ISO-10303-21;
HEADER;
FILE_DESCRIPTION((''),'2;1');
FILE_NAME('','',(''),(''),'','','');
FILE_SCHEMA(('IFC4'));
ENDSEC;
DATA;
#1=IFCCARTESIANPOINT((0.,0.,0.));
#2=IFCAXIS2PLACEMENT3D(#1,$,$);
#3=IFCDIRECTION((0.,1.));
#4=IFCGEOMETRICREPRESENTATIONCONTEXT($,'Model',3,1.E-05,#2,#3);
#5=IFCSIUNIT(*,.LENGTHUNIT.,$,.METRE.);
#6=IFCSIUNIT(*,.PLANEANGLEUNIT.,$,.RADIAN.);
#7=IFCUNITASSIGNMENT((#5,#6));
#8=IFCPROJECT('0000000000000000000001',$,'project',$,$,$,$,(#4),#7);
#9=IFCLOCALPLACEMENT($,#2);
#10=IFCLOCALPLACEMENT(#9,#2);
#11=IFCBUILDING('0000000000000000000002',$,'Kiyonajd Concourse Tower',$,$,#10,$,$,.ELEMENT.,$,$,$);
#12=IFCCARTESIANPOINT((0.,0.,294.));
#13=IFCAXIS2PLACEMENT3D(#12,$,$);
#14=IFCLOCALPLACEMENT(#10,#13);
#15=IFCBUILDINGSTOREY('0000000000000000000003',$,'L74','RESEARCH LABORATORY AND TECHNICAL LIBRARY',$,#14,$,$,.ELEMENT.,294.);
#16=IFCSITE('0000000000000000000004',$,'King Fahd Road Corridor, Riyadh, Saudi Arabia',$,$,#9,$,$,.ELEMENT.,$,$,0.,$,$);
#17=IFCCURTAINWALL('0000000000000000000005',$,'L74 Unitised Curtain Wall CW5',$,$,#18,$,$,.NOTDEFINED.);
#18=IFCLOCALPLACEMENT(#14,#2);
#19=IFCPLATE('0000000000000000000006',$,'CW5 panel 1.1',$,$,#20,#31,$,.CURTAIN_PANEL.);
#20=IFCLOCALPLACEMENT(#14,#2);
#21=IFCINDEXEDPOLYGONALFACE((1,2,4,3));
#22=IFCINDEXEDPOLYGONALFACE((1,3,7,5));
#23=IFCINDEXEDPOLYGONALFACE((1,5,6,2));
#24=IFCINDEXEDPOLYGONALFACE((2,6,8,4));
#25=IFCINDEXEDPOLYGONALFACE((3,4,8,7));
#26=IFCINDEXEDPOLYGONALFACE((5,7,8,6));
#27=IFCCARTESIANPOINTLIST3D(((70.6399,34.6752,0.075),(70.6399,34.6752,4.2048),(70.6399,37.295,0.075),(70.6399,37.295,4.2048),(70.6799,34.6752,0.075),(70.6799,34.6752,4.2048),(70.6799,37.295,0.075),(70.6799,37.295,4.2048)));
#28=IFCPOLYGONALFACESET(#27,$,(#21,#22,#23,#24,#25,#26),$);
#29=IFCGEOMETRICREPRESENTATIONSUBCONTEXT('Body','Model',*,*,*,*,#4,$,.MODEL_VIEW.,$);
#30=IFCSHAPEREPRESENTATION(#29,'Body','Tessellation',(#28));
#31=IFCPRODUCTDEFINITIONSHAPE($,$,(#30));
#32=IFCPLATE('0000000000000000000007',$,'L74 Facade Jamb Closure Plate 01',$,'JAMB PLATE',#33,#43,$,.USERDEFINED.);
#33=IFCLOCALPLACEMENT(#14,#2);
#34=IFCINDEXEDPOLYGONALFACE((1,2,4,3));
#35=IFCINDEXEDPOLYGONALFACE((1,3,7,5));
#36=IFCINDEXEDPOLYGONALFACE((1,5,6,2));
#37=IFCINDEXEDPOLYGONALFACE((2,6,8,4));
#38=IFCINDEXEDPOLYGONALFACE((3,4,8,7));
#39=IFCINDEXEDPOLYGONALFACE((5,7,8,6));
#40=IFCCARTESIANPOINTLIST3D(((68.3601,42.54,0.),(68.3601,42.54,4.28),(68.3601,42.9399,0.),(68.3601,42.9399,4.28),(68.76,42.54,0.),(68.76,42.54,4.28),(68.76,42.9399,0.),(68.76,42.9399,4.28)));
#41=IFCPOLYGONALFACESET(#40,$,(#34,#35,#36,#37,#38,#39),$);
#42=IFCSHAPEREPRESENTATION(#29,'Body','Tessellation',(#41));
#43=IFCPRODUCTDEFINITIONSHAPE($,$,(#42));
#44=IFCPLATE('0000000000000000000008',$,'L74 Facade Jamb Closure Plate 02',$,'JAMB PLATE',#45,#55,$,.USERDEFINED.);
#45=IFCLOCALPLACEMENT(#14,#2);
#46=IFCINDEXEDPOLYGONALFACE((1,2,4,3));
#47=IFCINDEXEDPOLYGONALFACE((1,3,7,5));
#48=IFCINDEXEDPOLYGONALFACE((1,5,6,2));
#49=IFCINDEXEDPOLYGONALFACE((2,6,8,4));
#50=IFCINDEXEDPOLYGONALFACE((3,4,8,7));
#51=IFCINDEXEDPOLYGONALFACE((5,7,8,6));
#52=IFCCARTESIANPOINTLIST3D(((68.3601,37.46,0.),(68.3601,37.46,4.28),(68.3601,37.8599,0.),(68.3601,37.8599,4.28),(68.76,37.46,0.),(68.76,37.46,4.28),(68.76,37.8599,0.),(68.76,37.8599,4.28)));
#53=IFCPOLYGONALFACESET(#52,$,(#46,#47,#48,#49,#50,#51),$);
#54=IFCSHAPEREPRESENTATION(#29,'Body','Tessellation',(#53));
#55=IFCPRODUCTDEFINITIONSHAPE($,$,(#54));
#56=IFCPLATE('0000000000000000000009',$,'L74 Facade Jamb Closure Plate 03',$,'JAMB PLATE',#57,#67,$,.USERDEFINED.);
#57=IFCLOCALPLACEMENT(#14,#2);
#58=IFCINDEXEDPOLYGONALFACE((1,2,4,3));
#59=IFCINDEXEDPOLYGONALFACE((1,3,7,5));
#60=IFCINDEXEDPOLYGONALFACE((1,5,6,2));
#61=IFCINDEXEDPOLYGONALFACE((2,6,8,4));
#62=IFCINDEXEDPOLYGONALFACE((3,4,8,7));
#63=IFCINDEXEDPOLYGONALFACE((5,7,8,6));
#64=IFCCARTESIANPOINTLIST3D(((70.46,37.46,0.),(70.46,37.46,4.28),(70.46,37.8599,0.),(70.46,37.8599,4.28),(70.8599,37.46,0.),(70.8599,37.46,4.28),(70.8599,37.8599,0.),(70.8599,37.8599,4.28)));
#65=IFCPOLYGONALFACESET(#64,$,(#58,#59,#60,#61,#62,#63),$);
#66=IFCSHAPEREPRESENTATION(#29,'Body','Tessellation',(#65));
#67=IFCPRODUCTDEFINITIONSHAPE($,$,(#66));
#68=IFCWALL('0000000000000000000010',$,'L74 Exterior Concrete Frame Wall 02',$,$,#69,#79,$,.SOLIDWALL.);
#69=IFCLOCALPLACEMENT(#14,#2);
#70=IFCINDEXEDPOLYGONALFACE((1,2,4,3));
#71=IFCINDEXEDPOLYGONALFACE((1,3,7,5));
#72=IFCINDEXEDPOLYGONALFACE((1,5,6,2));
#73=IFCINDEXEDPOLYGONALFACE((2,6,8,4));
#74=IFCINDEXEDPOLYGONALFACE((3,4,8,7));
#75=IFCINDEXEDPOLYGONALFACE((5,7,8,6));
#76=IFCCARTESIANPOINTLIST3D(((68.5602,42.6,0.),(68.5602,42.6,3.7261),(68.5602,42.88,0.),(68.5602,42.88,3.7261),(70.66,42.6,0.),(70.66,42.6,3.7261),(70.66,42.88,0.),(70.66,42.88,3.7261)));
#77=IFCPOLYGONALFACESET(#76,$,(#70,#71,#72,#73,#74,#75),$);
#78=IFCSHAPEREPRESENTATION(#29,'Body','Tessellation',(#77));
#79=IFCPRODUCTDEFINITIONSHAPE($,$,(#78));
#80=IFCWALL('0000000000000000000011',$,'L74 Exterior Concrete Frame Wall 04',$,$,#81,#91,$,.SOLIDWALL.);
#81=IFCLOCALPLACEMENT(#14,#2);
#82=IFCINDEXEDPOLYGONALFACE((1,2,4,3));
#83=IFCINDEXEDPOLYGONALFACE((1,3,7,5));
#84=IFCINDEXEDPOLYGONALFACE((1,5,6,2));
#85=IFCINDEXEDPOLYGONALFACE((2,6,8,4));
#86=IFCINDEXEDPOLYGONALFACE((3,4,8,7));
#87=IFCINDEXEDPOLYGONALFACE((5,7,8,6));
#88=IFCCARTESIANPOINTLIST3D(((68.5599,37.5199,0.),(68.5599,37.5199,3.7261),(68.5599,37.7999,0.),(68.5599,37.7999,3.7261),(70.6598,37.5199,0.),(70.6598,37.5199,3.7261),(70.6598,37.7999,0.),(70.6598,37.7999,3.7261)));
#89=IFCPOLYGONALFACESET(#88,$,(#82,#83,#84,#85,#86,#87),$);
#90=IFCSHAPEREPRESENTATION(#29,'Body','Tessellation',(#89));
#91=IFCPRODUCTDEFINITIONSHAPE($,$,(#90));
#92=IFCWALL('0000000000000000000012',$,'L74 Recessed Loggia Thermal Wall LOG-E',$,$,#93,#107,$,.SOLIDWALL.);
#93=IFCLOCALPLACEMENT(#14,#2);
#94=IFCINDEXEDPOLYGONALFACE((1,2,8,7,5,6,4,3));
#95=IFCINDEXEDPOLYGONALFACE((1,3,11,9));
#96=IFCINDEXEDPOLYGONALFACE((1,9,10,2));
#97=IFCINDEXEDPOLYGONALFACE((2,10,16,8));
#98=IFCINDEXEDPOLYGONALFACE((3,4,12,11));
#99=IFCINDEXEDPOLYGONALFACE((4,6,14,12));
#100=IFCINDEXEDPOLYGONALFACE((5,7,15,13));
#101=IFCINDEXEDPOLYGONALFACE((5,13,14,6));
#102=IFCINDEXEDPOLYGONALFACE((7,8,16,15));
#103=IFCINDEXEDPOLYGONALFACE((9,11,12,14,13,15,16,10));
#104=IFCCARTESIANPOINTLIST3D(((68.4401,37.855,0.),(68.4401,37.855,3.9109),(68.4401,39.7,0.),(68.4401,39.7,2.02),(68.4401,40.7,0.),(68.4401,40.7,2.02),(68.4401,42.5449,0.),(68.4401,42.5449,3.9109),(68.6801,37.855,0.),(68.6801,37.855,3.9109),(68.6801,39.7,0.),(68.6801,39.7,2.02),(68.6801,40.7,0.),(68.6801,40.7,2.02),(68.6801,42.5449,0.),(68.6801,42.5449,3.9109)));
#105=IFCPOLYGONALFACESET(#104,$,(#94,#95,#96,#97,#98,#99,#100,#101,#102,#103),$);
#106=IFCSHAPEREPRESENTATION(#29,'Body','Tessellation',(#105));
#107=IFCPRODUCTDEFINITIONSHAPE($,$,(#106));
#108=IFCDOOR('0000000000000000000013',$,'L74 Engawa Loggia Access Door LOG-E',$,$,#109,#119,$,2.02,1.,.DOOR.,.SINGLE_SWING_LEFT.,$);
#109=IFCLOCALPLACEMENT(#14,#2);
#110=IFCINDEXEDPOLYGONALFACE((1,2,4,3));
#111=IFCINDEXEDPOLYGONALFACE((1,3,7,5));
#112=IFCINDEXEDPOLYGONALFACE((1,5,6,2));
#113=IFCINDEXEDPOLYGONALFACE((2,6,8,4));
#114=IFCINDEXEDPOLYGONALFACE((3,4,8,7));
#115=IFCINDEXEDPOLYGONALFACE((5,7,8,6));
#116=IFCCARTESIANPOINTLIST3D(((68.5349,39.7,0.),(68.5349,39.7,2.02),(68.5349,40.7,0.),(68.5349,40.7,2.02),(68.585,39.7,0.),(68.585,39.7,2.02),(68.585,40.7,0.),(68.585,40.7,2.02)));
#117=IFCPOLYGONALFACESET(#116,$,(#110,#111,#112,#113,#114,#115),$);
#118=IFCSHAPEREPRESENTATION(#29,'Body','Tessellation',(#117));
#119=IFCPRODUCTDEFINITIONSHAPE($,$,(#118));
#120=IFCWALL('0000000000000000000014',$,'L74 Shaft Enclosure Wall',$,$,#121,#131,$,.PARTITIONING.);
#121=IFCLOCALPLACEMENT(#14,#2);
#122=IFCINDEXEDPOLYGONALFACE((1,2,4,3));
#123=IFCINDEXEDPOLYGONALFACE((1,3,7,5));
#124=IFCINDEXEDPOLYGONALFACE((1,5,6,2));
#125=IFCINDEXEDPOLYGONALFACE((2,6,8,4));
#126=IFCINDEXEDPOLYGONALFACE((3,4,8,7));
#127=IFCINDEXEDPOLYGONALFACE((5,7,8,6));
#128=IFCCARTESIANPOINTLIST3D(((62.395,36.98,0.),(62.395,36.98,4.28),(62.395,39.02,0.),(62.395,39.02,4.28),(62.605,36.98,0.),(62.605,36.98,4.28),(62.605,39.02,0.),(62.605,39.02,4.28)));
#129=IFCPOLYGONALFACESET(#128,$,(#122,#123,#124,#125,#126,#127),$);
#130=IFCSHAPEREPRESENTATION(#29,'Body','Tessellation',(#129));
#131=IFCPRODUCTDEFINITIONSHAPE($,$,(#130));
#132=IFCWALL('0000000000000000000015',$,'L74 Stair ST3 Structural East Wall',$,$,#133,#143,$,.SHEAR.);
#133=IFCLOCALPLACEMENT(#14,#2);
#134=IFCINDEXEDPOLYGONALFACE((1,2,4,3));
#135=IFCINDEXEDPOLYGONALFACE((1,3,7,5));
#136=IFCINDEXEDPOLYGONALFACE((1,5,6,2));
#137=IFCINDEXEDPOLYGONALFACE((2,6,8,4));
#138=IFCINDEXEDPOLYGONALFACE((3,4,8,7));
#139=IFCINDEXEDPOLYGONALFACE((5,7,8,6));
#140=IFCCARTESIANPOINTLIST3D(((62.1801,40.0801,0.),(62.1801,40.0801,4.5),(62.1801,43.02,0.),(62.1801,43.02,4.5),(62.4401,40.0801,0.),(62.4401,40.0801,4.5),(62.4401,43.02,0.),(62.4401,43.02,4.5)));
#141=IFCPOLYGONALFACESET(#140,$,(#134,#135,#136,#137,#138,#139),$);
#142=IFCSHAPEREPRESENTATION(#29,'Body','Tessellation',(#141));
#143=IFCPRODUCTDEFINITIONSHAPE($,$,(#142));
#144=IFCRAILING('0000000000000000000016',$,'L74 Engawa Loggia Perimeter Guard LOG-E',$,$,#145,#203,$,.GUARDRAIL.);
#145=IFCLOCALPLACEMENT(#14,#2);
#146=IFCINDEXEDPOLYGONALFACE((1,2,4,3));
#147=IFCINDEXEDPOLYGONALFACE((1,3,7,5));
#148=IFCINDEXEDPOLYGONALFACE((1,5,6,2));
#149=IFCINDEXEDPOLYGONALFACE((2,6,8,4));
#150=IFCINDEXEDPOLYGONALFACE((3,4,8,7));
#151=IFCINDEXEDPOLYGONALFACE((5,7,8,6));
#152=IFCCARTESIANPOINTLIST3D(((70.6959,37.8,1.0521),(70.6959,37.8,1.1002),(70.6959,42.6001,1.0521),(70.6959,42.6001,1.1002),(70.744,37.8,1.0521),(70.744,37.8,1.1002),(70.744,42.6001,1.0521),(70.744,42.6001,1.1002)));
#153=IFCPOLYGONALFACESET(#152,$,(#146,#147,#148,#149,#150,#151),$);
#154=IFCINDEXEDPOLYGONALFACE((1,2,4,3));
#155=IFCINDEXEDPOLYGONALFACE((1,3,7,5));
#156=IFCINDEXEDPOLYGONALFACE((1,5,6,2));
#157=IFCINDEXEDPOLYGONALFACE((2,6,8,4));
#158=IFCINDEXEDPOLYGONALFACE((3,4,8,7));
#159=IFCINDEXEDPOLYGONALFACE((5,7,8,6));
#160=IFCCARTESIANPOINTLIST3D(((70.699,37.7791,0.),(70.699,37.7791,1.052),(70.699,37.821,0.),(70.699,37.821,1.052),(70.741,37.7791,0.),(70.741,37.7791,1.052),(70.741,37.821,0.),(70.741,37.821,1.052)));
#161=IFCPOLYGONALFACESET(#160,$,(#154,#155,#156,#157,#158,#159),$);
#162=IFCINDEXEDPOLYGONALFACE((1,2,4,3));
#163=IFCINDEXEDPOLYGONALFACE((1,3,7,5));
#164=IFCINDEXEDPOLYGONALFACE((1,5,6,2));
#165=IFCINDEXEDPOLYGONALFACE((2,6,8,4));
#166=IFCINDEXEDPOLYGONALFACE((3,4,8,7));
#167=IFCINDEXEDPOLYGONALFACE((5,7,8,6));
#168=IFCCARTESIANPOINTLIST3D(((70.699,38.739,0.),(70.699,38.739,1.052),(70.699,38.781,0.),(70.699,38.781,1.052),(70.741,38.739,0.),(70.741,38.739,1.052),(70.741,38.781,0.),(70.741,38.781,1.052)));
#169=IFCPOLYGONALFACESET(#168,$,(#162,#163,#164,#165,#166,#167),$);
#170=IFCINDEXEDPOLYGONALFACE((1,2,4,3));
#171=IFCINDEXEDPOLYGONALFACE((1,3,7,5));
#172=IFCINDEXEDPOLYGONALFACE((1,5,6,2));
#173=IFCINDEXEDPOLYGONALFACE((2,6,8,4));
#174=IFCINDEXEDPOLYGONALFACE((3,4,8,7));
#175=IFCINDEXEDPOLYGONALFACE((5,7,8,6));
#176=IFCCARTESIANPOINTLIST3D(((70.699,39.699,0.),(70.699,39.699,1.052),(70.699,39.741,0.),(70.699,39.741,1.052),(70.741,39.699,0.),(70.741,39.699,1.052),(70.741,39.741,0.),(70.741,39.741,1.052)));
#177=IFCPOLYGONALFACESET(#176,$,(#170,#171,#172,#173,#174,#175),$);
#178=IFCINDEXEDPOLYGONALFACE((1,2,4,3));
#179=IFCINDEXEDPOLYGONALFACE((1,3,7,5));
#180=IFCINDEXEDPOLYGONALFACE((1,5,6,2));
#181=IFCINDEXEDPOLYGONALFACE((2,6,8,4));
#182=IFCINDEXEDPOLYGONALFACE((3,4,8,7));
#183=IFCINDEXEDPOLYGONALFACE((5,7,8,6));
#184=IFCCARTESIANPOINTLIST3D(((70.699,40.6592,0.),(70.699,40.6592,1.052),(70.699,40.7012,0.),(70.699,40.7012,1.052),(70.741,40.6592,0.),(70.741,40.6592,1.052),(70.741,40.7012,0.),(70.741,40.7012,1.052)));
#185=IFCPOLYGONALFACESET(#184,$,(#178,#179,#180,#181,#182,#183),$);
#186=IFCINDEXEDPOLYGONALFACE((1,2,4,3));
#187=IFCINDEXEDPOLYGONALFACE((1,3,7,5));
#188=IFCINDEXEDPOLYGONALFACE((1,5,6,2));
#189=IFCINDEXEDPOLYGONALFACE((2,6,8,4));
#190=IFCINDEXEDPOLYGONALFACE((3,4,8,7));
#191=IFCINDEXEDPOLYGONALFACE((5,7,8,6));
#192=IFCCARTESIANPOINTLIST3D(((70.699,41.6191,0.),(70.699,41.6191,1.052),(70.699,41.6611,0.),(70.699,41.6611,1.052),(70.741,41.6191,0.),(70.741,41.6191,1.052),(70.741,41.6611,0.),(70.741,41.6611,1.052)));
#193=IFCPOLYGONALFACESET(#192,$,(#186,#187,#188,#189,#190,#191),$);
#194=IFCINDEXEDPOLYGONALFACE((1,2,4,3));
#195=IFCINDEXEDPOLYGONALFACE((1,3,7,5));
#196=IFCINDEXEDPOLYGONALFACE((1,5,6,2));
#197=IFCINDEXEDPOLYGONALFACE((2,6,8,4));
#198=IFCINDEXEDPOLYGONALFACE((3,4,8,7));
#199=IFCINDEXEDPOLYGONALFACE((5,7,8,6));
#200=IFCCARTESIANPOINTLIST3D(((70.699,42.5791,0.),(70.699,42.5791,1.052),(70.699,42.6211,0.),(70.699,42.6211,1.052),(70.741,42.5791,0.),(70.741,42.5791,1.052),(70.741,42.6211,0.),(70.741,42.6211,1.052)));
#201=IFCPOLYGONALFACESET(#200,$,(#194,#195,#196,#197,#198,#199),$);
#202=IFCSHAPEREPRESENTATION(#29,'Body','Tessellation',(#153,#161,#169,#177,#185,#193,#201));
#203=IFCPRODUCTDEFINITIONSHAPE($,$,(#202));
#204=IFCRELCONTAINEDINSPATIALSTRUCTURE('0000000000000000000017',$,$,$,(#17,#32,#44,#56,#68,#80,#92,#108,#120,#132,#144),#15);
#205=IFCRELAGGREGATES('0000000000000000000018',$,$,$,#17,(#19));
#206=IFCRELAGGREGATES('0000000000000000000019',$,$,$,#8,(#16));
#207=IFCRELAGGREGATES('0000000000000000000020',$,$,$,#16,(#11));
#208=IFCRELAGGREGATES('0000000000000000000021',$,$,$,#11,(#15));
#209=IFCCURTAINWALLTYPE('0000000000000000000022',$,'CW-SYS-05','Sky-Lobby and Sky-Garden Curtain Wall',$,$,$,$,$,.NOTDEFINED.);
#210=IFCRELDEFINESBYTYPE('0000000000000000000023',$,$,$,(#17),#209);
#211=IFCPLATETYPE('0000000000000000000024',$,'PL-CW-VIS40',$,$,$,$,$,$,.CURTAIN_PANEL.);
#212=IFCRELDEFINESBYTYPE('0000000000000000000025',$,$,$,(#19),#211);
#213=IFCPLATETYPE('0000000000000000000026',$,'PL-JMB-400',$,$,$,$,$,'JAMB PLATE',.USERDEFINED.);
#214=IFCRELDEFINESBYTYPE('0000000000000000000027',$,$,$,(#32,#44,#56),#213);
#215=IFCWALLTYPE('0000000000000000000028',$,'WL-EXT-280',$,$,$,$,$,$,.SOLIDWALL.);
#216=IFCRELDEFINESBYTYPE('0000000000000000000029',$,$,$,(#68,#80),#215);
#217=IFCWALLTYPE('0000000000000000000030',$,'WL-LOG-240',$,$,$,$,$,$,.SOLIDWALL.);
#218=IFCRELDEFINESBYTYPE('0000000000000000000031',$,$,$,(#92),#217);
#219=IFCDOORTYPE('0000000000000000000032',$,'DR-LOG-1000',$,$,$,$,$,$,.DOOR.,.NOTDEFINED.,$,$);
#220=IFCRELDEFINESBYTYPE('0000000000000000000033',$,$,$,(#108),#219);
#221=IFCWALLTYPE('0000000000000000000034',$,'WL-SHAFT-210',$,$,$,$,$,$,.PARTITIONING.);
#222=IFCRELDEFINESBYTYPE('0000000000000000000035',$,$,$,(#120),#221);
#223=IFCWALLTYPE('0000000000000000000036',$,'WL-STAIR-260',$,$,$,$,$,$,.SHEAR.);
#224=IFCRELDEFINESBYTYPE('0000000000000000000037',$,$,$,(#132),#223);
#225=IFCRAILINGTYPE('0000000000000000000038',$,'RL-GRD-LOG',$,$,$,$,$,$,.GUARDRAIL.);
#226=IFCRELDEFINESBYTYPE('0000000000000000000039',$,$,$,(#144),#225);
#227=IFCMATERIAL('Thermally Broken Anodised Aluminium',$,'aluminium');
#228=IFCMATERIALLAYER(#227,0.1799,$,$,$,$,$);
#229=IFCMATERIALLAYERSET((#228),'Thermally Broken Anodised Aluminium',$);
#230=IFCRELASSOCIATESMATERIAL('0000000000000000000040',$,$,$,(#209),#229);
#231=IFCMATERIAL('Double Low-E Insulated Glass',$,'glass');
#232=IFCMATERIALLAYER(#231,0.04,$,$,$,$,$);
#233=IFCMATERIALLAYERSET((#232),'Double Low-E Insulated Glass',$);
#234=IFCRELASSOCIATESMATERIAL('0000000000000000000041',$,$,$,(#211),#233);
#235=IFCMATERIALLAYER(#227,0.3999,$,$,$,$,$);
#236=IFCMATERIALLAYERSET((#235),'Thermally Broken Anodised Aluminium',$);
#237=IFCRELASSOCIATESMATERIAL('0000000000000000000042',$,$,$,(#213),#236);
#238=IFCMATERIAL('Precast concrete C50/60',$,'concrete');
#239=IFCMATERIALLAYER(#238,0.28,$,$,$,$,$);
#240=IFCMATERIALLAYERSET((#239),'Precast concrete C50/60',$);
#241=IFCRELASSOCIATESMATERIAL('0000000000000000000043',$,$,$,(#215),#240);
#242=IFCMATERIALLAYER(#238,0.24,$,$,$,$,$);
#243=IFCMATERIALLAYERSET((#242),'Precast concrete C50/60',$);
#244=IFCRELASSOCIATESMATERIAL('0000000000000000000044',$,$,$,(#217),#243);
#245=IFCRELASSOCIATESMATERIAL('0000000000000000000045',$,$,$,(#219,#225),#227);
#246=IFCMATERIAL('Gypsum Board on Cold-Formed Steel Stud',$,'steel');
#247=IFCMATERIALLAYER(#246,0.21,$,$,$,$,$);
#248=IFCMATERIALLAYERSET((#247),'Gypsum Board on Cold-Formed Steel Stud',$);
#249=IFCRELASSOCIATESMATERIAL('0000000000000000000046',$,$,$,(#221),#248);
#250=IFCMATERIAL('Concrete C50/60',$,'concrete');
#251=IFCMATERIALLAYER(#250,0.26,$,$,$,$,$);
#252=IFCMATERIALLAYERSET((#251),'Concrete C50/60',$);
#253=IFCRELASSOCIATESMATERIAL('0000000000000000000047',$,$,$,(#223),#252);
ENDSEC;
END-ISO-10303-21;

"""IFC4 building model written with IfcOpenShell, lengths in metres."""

from ifc_helpers import new_model, si_unit, direction, frame, frame_2d, origin, origin_2d, place, context, subcontext, project, spatial, rectangle, extrude, material, layer, layer_set, type_object, element, fill, aggregate, save


model = new_model("IFC4")

# Units and contexts
model_context = context("Model", 3, precision=1e-05, world=origin(), true_north=direction((0.0, 1.0)))
body_context = subcontext(model_context, "Body", "Model", "MODEL_VIEW")
ifc_project = project(units=[si_unit("LENGTHUNIT", "METRE"), si_unit("PLANEANGLEUNIT", "RADIAN")], contexts=[model_context])

# Site, building, storey
site_placement = place(None, origin())
site = spatial("IfcSite", under=ifc_project, at=site_placement, Name="King Fahd Road Corridor, Riyadh, Saudi Arabia", CompositionType="ELEMENT", RefElevation=0.0)
building_placement = place(site_placement, origin())
building = spatial("IfcBuilding", under=site, at=building_placement, Name="Kiyonajd Concourse Tower", CompositionType="ELEMENT")
storey_placement = place(building_placement, frame((0.0, 0.0, 294.0)))
storey = spatial("IfcBuildingStorey", under=building, at=storey_placement, Name="L74", Description="RESEARCH LABORATORY AND TECHNICAL LIBRARY", CompositionType="ELEMENT", Elevation=294.0)

# Curtain wall, plate
ifc_material_1 = material(Name="Thermally Broken Anodised Aluminium", Category="aluminium")
ifc_layer_1 = layer(ifc_material_1, 0.1799)
ifc_layer_set_1 = layer_set([ifc_layer_1], Name="Thermally Broken Anodised Aluminium")
curtain_wall_type = type_object("IfcCurtainWallType", Name="CW-SYS-05", Description="Sky-Lobby and Sky-Garden Curtain Wall", PredefinedType="NOTDEFINED", material=ifc_layer_set_1)
curtain_wall_placement = place(storey_placement, origin())
curtain_wall = element("IfcCurtainWall", 1, at=curtain_wall_placement, inside=storey, type_object=curtain_wall_type, Name="L74 Unitised Curtain Wall CW5", PredefinedType="NOTDEFINED")
ifc_material_2 = material(Name="Double Low-E Insulated Glass", Category="glass")
ifc_layer_2 = layer(ifc_material_2, 0.04)
ifc_layer_set_2 = layer_set([ifc_layer_2], Name="Double Low-E Insulated Glass")
plate_type_1 = type_object("IfcPlateType", Name="PL-CW-VIS40", PredefinedType="CURTAIN_PANEL", material=ifc_layer_set_2)
plate_placement = place(storey_placement, frame((70.6599, 35.9851, 0.075), z_axis=(0.0, 0.0, 1.0), x_axis=(0.0, -1.0, 0.0)))
plate = element("IfcPlate", 2, at=plate_placement, type_object=plate_type_1, Name="CW5 panel 1.1", PredefinedType="CURTAIN_PANEL", context=body_context, shape_type="SweptSolid", body=[
    extrude(rectangle(XDim=2.6199, YDim=0.04, at=origin_2d()), origin(), (0.0, 0.0, 1.0), 4.1299),
])
aggregate(curtain_wall, [plate])

# Plates
ifc_layer_3 = layer(ifc_material_1, 0.3999)
ifc_layer_set_3 = layer_set([ifc_layer_3], Name="Thermally Broken Anodised Aluminium")
plate_type_2 = type_object("IfcPlateType", Name="PL-JMB-400", ElementType="JAMB PLATE", PredefinedType="USERDEFINED", material=ifc_layer_set_3)
for number, where, z_axis, x_axis, name in (
    (3, (68.5601, 42.74, 0.0), (0.0, 0.0, 1.0), (1.0, 0.0, 0.0), "L74 Facade Jamb Closure Plate 01"),
    (4, (68.5601, 37.6599, 0.0), (0.0, 0.0, 1.0), (1.0, 0.0, 0.0), "L74 Facade Jamb Closure Plate 02"),
    (5, (70.6599, 37.6599, 0.0), (0.0, 0.0, 1.0), (1.0, 0.0, 0.0), "L74 Facade Jamb Closure Plate 03"),
):
    element("IfcPlate", number, at=place(storey_placement, frame(where, z_axis=z_axis, x_axis=x_axis)), inside=storey, type_object=plate_type_2, Name=name, ObjectType="JAMB PLATE", PredefinedType="USERDEFINED", context=body_context, shape_type="SweptSolid", body=[
        extrude(rectangle(XDim=0.3999, YDim=0.3999, at=origin_2d()), origin(), (0.0, 0.0, 1.0), 4.28),
    ])

# Walls
ifc_material_3 = material(Name="Precast concrete C50/60", Category="concrete")
ifc_layer_4 = layer(ifc_material_3, 0.28)
ifc_layer_set_4 = layer_set([ifc_layer_4], Name="Precast concrete C50/60")
wall_type_1 = type_object("IfcWallType", Name="WL-EXT-280", PredefinedType="SOLIDWALL", material=ifc_layer_set_4)
for number, where, z_axis, x_axis, name in (
    (6, (70.6599, 42.74, 0.0), (0.0, 0.0, 1.0), (-1.0, 0.0, 0.0), "L74 Exterior Concrete Frame Wall 02"),
    (7, (68.5601, 37.6599, 0.0), (0.0, 0.0, 1.0), (1.0, 0.0, 0.0), "L74 Exterior Concrete Frame Wall 04"),
):
    element("IfcWall", number, at=place(storey_placement, frame(where, z_axis=z_axis, x_axis=x_axis)), inside=storey, type_object=wall_type_1, Name=name, PredefinedType="SOLIDWALL", context=body_context, shape_type="SweptSolid", body=[
        extrude(rectangle(XDim=2.0999, YDim=0.28, at=frame_2d((1.0498, 0.0))), origin(), (0.0, 0.0, 1.0), 3.7261),
    ])

# Wall, opening, door
ifc_layer_5 = layer(ifc_material_3, 0.24)
ifc_layer_set_5 = layer_set([ifc_layer_5], Name="Precast concrete C50/60")
wall_type_2 = type_object("IfcWallType", Name="WL-LOG-240", PredefinedType="SOLIDWALL", material=ifc_layer_set_5)
wall_1_placement = place(storey_placement, frame((68.5601, 42.5449, 0.0), z_axis=(0.0, 0.0, 1.0), x_axis=(0.0, -1.0, 0.0)))
wall_1 = element("IfcWall", 8, at=wall_1_placement, inside=storey, type_object=wall_type_2, Name="L74 Recessed Loggia Thermal Wall LOG-E", PredefinedType="SOLIDWALL", context=body_context, shape_type="SweptSolid", body=[
    extrude(rectangle(XDim=4.6899, YDim=0.24, at=frame_2d((2.345, 0.0))), origin(), (0.0, 0.0, 1.0), 3.9109),
])
opening_placement = place(wall_1_placement, frame((1.845, 0.0, 0.0)))
opening = element("IfcOpeningElement", 9, at=opening_placement, cuts=wall_1, PredefinedType="OPENING", context=body_context, shape_type="SweptSolid", body=[
    extrude(rectangle(XDim=1.0, YDim=2.02, at=frame_2d((0.5, 1.01))), frame((0.0, 0.1299, 0.0), z_axis=(0.0, -1.0, 0.0), x_axis=(1.0, 0.0, 0.0)), (0.0, 0.0, 1.0), 0.26),
])
door_type = type_object("IfcDoorType", Name="DR-LOG-1000", OperationType="NOTDEFINED", PredefinedType="DOOR", material=ifc_material_1)
door_placement = place(opening_placement, origin())
door = element("IfcDoor", 10, at=door_placement, inside=storey, type_object=door_type, Name="L74 Engawa Loggia Access Door LOG-E", OperationType="SINGLE_SWING_LEFT", OverallHeight=2.02, OverallWidth=1.0, PredefinedType="DOOR", context=body_context, shape_type="SweptSolid", body=[
    extrude(rectangle(XDim=1.0, YDim=2.02, at=frame_2d((0.5, 1.01))), frame((0.0, 0.0249, 0.0), z_axis=(0.0, -1.0, 0.0), x_axis=(1.0, 0.0, 0.0)), (0.0, 0.0, 1.0), 0.05),
])
fill(opening, door)

# Walls
ifc_material_4 = material(Name="Gypsum Board on Cold-Formed Steel Stud", Category="steel")
ifc_layer_6 = layer(ifc_material_4, 0.21)
ifc_layer_set_6 = layer_set([ifc_layer_6], Name="Gypsum Board on Cold-Formed Steel Stud")
wall_type_3 = type_object("IfcWallType", Name="WL-SHAFT-210", PredefinedType="PARTITIONING", material=ifc_layer_set_6)
wall_2_placement = place(storey_placement, frame((62.5, 36.98, 0.0), z_axis=(0.0, 0.0, 1.0), x_axis=(0.0, 1.0, 0.0)))
element("IfcWall", 11, at=wall_2_placement, inside=storey, type_object=wall_type_3, Name="L74 Shaft Enclosure Wall", PredefinedType="PARTITIONING", context=body_context, shape_type="SweptSolid", body=[
    extrude(rectangle(XDim=2.04, YDim=0.21, at=frame_2d((1.02, 0.0))), origin(), (0.0, 0.0, 1.0), 4.28),
])
ifc_material_5 = material(Name="Concrete C50/60", Category="concrete")
ifc_layer_7 = layer(ifc_material_5, 0.26)
ifc_layer_set_7 = layer_set([ifc_layer_7], Name="Concrete C50/60")
wall_type_4 = type_object("IfcWallType", Name="WL-STAIR-260", PredefinedType="SHEAR", material=ifc_layer_set_7)
wall_3_placement = place(storey_placement, frame((62.3101, 40.0801, 0.0), z_axis=(0.0, 0.0, 1.0), x_axis=(0.0, 1.0, 0.0)))
element("IfcWall", 12, at=wall_3_placement, inside=storey, type_object=wall_type_4, Name="L74 Stair ST3 Structural East Wall", PredefinedType="SHEAR", context=body_context, shape_type="SweptSolid", body=[
    extrude(rectangle(XDim=2.9399, YDim=0.26, at=frame_2d((1.47, 0.0))), origin(), (0.0, 0.0, 1.0), 4.5),
])

# Railing
railing_type = type_object("IfcRailingType", Name="RL-GRD-LOG", PredefinedType="GUARDRAIL", material=ifc_material_1)
railing_placement = place(storey_placement, frame((70.72, 37.8, 0.0)))
element("IfcRailing", 13, at=railing_placement, inside=storey, type_object=railing_type, Name="L74 Engawa Loggia Perimeter Guard LOG-E", PredefinedType="GUARDRAIL", context=body_context, shape_type="SweptSolid", body=[
    extrude(rectangle(XDim=0.0481, YDim=0.0481, at=origin_2d()), frame((0.0, 0.0, 1.0762), z_axis=(0.0, 1.0, 0.0), x_axis=(-1.0, 0.0, 0.0)), (0.0, 0.0, 1.0), 4.8),
    extrude(rectangle(XDim=0.042, YDim=0.042, at=origin_2d()), origin(), (0.0, 0.0, 1.0), 1.052),
    extrude(rectangle(XDim=0.042, YDim=0.042, at=origin_2d()), frame((0.0, 0.96, 0.0)), (0.0, 0.0, 1.0), 1.052),
    extrude(rectangle(XDim=0.042, YDim=0.042, at=origin_2d()), frame((0.0, 1.9199, 0.0)), (0.0, 0.0, 1.0), 1.052),
    extrude(rectangle(XDim=0.042, YDim=0.042, at=origin_2d()), frame((0.0, 2.8801, 0.0)), (0.0, 0.0, 1.0), 1.052),
    extrude(rectangle(XDim=0.042, YDim=0.042, at=origin_2d()), frame((0.0, 3.8401, 0.0)), (0.0, 0.0, 1.0), 1.052),
    extrude(rectangle(XDim=0.042, YDim=0.042, at=origin_2d()), frame((0.0, 4.8, 0.0)), (0.0, 0.0, 1.0), 1.052),
])

save(model, "model.ifc")
